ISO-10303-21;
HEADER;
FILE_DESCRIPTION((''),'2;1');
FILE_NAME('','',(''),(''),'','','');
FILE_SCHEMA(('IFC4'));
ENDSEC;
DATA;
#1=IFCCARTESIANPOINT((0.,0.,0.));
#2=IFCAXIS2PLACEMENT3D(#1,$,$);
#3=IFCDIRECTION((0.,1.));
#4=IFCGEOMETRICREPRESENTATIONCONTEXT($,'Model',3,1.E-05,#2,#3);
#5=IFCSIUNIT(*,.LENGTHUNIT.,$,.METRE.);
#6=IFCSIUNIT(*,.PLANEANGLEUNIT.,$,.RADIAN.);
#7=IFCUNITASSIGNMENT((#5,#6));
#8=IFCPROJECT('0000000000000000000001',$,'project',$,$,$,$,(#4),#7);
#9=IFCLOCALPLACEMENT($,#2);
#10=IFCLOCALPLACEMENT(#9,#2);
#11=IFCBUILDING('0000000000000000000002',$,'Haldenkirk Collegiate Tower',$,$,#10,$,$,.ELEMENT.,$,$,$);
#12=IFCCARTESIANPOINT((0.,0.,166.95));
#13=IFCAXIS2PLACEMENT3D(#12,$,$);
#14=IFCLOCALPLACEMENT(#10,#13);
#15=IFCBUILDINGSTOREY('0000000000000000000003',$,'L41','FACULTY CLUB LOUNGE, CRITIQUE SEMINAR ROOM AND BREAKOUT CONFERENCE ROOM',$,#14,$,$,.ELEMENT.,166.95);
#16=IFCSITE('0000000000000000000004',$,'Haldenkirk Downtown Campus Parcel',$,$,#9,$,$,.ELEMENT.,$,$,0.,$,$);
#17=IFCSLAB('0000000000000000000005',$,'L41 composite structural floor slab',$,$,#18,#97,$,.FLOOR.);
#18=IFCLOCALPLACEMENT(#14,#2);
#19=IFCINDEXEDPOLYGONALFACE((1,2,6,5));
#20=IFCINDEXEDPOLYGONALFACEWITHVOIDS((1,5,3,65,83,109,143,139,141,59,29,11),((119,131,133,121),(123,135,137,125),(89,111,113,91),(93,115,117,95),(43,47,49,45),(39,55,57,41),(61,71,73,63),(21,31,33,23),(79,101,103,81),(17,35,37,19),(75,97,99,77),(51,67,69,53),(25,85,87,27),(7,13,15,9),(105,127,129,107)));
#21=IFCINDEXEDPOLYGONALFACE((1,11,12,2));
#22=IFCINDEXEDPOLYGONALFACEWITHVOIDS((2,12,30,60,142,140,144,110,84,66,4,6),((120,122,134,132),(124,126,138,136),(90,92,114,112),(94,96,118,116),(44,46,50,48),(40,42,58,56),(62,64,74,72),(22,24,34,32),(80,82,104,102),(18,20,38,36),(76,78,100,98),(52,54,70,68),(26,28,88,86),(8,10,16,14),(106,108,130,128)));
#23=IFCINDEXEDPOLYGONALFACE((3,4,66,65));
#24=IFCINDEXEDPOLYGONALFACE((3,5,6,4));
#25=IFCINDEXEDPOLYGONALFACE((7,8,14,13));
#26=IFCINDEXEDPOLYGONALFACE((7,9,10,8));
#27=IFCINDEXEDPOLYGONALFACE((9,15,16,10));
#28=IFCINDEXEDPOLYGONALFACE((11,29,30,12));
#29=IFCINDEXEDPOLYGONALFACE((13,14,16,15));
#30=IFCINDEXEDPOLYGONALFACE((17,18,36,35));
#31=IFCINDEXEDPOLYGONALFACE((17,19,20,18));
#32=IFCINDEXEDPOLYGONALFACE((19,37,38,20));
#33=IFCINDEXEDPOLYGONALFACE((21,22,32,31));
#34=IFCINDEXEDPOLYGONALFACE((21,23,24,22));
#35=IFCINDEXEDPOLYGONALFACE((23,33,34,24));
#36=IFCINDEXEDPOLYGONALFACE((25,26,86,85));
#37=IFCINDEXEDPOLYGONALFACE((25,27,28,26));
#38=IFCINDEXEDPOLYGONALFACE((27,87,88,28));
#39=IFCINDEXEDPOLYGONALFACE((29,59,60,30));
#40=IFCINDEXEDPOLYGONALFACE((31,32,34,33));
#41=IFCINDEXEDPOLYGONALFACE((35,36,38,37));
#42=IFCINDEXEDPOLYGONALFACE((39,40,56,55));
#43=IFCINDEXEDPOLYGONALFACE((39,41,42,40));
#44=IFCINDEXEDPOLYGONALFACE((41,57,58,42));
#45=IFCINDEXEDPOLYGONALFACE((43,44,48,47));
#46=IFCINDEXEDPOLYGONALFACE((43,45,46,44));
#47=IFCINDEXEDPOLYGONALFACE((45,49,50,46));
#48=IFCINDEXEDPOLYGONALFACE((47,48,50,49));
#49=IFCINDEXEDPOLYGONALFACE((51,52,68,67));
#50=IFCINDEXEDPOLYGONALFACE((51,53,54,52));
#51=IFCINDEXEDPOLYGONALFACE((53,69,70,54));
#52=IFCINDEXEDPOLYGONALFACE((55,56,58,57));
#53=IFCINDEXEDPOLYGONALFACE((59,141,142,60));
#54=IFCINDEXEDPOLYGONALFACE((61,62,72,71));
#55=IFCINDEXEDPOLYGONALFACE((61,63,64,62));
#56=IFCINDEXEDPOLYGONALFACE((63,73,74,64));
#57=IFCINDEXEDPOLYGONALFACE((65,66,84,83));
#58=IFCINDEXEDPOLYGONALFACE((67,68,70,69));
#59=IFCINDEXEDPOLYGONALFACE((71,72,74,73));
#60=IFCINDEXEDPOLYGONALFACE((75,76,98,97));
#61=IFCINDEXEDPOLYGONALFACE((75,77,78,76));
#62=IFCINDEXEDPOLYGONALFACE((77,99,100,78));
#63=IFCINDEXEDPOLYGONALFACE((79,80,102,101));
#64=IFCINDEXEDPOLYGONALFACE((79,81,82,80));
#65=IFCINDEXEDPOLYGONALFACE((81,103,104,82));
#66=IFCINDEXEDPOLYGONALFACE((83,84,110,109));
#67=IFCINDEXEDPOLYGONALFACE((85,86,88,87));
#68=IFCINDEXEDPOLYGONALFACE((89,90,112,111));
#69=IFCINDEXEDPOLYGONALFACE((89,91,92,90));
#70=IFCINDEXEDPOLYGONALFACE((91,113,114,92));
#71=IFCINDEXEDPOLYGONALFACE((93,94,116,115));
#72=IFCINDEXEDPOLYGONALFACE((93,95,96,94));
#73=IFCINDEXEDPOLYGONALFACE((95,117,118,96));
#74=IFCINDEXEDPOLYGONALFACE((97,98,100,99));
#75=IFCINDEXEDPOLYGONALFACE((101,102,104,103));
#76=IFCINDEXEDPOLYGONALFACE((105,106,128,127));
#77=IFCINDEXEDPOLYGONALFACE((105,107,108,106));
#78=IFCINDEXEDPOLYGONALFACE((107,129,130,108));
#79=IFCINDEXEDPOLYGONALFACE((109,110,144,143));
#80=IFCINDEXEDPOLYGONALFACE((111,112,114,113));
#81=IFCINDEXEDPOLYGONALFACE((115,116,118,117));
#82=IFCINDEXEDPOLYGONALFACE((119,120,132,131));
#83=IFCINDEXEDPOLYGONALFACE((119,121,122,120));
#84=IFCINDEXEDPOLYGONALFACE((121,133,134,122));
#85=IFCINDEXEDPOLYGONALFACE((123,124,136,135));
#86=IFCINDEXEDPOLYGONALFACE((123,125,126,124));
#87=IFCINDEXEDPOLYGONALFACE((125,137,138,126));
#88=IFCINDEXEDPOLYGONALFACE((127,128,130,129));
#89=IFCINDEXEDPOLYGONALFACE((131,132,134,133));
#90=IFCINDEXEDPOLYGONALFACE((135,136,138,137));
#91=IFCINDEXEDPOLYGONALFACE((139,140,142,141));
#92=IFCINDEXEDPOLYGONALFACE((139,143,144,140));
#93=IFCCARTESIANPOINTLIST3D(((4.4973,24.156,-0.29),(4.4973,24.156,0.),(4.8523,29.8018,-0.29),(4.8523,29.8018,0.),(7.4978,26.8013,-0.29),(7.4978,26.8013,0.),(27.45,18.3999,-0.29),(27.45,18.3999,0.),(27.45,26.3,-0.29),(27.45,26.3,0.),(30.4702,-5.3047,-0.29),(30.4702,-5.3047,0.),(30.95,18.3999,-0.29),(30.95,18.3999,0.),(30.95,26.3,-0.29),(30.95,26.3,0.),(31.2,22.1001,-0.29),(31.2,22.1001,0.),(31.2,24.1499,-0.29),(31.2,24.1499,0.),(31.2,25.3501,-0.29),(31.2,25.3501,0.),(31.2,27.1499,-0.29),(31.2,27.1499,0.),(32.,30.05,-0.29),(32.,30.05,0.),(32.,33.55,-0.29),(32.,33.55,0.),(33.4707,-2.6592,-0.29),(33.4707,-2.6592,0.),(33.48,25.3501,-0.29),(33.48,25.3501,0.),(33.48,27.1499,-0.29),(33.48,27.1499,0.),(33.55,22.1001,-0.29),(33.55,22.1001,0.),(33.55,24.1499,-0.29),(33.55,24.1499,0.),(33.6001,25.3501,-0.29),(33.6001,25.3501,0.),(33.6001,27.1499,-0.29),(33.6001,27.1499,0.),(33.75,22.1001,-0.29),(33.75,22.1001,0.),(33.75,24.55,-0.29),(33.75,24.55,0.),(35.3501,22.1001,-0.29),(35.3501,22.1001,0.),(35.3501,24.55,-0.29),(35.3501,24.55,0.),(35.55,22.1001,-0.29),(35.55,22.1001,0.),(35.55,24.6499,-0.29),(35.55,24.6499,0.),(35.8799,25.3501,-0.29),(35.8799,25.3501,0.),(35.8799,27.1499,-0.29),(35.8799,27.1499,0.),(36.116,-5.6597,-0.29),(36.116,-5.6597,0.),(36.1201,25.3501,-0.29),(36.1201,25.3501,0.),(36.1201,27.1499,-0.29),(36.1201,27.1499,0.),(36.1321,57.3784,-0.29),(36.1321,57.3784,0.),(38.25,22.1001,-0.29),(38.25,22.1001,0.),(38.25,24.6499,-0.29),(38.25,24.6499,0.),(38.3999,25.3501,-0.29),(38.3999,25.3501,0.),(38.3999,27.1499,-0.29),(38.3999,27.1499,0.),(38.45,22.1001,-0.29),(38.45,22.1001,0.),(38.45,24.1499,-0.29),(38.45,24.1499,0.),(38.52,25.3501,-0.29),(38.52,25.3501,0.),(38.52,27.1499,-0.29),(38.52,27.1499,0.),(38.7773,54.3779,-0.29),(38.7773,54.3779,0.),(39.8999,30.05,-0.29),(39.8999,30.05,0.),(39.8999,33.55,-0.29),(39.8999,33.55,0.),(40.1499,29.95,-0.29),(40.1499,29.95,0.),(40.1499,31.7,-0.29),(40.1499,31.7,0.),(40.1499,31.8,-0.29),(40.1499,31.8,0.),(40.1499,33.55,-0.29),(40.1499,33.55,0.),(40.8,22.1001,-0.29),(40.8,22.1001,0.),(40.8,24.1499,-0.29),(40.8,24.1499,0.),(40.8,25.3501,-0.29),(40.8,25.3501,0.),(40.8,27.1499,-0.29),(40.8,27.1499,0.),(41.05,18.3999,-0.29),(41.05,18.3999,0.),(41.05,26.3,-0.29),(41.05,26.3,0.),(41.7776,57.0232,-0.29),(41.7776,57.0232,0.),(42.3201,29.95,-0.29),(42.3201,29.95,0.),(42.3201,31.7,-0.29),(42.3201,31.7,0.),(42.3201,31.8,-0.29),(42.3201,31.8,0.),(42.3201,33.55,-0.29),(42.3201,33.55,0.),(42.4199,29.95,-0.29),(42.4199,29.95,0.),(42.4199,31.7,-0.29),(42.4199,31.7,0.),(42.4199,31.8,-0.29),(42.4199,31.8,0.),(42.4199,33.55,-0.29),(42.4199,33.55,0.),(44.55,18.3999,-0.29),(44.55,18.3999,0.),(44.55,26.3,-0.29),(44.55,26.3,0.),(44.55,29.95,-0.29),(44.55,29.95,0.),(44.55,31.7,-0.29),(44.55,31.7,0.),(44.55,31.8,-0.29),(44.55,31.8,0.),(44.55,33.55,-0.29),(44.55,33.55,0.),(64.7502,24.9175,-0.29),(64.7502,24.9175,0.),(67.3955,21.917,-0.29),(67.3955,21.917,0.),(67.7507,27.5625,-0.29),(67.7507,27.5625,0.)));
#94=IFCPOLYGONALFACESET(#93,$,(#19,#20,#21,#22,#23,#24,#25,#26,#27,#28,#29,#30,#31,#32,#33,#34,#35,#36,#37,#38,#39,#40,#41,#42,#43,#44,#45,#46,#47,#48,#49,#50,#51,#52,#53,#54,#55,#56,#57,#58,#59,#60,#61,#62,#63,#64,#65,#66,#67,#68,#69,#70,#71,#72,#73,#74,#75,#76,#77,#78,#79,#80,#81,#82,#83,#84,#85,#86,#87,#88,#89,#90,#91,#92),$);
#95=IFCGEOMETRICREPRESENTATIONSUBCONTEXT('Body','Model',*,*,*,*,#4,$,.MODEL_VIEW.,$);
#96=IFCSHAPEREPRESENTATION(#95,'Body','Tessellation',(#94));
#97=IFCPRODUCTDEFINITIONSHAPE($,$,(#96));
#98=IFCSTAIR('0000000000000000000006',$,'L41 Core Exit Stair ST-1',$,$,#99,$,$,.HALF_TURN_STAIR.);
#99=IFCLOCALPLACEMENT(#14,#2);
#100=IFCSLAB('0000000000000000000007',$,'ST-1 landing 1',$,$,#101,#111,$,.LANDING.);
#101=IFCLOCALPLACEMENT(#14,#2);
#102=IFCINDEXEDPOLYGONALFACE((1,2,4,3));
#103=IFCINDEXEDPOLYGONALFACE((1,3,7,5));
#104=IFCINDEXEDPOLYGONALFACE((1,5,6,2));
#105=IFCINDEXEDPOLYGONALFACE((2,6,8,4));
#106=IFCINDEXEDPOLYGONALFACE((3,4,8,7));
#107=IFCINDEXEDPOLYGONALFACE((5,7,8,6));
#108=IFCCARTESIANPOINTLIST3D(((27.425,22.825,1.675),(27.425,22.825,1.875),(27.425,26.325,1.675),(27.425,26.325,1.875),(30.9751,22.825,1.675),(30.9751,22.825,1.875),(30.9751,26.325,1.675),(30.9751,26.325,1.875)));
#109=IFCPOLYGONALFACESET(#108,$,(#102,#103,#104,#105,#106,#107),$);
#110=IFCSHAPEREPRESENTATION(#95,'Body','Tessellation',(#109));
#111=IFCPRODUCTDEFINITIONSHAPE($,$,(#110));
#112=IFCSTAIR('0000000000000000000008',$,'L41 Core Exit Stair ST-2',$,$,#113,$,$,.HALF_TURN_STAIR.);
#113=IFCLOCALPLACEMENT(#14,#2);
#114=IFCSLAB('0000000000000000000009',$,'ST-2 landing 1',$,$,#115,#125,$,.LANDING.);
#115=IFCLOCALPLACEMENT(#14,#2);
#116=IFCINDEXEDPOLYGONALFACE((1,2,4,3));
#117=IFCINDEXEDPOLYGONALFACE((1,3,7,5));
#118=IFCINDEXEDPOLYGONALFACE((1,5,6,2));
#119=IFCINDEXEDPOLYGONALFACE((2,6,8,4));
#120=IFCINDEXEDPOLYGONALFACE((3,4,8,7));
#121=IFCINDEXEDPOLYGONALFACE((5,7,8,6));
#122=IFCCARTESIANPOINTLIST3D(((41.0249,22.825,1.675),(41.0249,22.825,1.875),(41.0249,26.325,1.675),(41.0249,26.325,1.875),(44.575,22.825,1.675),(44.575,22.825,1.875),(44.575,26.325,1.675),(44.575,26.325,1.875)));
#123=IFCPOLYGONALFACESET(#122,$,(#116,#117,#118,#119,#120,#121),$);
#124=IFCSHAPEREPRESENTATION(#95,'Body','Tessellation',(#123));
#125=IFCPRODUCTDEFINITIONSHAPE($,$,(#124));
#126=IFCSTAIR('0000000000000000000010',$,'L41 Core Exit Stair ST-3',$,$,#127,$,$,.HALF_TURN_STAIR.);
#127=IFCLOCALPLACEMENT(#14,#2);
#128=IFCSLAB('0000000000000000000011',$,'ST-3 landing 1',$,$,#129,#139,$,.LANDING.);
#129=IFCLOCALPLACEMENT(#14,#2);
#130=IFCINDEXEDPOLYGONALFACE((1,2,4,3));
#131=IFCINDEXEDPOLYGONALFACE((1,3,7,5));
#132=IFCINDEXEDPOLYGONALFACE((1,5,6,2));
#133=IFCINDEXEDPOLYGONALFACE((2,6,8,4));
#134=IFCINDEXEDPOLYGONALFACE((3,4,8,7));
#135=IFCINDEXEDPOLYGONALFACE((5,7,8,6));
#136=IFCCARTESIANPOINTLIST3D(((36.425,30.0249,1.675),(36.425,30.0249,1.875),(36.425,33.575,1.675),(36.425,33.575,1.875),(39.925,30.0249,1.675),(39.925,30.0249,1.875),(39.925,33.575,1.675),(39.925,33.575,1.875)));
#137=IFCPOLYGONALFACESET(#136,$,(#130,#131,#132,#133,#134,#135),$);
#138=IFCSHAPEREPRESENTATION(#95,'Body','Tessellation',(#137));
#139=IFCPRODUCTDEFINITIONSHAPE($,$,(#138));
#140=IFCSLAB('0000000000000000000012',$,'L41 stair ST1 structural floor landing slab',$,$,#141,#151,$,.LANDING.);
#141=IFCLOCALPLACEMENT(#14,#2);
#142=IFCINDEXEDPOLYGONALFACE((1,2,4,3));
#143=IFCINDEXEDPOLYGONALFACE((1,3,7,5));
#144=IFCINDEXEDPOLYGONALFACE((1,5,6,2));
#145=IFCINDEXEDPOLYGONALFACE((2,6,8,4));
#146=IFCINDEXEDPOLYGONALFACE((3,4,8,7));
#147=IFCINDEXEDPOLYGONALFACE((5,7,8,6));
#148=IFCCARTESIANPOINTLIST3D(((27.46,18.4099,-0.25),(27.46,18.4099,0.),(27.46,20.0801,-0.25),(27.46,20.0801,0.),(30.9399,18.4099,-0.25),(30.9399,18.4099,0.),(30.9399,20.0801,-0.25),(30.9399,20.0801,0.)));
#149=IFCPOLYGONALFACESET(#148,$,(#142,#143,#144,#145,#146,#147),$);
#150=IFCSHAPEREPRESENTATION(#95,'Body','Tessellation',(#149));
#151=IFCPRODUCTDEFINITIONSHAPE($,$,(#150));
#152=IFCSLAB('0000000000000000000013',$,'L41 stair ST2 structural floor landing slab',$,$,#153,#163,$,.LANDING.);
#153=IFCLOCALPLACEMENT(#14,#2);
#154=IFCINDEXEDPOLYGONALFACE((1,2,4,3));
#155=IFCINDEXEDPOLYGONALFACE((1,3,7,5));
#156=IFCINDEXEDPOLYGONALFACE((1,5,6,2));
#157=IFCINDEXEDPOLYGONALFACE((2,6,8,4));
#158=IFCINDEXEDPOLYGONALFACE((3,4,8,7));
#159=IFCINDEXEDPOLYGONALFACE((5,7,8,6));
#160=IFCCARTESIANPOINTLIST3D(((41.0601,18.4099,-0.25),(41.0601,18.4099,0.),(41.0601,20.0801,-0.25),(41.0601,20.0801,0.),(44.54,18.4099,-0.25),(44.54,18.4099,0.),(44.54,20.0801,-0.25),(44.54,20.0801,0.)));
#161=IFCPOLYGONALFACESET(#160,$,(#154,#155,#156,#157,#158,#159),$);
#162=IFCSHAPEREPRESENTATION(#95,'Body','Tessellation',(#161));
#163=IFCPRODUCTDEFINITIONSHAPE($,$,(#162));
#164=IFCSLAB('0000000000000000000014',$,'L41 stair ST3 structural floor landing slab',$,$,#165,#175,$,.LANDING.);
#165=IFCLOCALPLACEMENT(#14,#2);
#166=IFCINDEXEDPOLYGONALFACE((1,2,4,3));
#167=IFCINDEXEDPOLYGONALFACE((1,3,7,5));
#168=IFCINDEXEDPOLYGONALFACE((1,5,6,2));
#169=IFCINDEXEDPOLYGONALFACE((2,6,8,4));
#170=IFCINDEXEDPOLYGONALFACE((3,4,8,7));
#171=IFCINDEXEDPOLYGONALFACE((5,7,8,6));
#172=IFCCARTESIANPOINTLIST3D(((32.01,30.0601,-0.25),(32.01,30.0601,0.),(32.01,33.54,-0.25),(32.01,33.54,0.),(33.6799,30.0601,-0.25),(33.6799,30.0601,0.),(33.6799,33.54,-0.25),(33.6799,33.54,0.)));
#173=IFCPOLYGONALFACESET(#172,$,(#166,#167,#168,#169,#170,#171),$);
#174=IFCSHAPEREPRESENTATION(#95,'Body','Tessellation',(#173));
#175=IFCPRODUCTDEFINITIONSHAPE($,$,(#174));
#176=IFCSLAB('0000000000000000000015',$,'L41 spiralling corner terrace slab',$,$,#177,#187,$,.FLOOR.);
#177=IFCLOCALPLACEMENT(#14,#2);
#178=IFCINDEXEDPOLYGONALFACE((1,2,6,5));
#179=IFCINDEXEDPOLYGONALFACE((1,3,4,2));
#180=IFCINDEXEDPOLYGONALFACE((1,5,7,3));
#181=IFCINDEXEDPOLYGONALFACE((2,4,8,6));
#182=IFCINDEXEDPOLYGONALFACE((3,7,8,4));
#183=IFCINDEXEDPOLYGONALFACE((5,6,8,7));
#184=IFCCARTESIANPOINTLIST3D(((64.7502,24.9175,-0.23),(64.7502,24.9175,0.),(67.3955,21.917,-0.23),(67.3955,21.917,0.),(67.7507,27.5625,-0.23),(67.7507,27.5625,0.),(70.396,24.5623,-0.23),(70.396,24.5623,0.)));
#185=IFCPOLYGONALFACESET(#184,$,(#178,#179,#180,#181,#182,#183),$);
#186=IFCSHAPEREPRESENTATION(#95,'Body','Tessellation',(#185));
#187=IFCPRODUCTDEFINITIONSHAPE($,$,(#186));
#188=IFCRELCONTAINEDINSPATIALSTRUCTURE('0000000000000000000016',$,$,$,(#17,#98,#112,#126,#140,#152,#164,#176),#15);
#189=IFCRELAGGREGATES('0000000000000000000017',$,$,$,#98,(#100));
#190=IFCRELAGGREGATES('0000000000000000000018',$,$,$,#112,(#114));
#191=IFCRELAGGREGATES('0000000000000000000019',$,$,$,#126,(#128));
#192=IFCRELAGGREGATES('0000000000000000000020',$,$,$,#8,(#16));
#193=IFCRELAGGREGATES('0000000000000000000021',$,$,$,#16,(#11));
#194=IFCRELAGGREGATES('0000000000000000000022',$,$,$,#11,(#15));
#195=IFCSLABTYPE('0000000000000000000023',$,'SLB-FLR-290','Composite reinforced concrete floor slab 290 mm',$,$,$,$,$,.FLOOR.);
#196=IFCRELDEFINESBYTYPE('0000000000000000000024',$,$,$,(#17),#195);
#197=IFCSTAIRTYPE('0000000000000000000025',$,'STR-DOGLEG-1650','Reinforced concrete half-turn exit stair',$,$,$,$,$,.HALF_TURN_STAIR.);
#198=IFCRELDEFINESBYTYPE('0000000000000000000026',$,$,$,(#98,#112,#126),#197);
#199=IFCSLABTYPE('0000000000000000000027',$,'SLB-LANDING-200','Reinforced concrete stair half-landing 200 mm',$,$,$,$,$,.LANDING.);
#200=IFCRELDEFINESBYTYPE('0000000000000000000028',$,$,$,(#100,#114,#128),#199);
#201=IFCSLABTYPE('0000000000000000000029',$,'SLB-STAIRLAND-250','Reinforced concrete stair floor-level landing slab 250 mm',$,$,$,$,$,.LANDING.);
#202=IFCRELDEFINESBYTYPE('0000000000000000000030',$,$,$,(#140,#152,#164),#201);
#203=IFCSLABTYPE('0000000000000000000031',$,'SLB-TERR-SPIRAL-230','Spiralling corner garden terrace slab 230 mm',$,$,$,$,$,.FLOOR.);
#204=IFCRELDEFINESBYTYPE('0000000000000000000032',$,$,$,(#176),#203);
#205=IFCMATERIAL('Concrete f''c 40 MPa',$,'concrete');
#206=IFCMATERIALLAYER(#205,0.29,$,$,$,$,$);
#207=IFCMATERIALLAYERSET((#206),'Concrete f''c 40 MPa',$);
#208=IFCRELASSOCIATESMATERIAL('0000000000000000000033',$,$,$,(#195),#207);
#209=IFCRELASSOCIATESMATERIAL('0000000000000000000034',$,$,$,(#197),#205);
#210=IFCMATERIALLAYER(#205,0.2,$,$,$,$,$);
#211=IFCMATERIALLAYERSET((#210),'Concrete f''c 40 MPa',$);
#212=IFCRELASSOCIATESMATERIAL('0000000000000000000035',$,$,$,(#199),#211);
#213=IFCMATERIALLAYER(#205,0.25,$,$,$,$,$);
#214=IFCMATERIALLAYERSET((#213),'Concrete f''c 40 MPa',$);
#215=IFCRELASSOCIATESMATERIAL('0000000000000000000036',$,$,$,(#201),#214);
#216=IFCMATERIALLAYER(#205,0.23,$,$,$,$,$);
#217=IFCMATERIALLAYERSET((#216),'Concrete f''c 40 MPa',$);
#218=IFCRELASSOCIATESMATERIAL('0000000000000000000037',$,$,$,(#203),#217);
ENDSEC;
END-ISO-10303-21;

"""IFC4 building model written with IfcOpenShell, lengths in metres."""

from ifc_helpers import new_model, si_unit, direction, frame, origin, place, context, subcontext, project, spatial, polyline, outline, extrude, material, layer, layer_set, type_object, element, aggregate, save


model = new_model("IFC4")

# Units and contexts
model_context = context("Model", 3, precision=1e-05, world=origin(), true_north=direction((0.0, 1.0)))
body_context = subcontext(model_context, "Body", "Model", "MODEL_VIEW")
ifc_project = project(units=[si_unit("LENGTHUNIT", "METRE"), si_unit("PLANEANGLEUNIT", "RADIAN")], contexts=[model_context])

# Site, building, storey
site_placement = place(None, origin())
site = spatial("IfcSite", under=ifc_project, at=site_placement, Name="Haldenkirk Downtown Campus Parcel", CompositionType="ELEMENT", RefElevation=0.0)
building_placement = place(site_placement, origin())
building = spatial("IfcBuilding", under=site, at=building_placement, Name="Haldenkirk Collegiate Tower", CompositionType="ELEMENT")
storey_placement = place(building_placement, frame((0.0, 0.0, 166.95)))
storey = spatial("IfcBuildingStorey", under=building, at=storey_placement, Name="L41", Description="FACULTY CLUB LOUNGE, CRITIQUE SEMINAR ROOM AND BREAKOUT CONFERENCE ROOM", CompositionType="ELEMENT", Elevation=166.95)

# Slab
ifc_material_1 = material(Name="Concrete f'c 40 MPa", Category="concrete")
ifc_layer_1 = layer(ifc_material_1, 0.29)
ifc_layer_set_1 = layer_set([ifc_layer_1], Name="Concrete f'c 40 MPa")
slab_type_1 = type_object("IfcSlabType", Name="SLB-FLR-290", Description="Composite reinforced concrete floor slab 290 mm", PredefinedType="FLOOR", material=ifc_layer_set_1)
slab_1_placement = place(storey_placement, frame((0.0, 0.0, -0.29)))
element("IfcSlab", 1, at=slab_1_placement, inside=storey, type_object=slab_type_1, Name="L41 composite structural floor slab", PredefinedType="FLOOR", context=body_context, shape_type="SweptSolid", body=[
    extrude(outline(polyline([(36.116, -5.6597), (67.3955, 21.917), (64.7502, 24.9175), (67.7507, 27.5625), (41.7776, 57.0232), (38.7773, 54.3779), (36.1321, 57.3784), (4.8523, 29.8018), (7.4978, 26.8013), (4.4973, 24.156), (30.4702, -5.3047), (33.4707, -2.6592), (36.116, -5.6597)]), holes=[polyline([(27.45, 18.3999), (30.95, 18.3999), (30.95, 26.3), (27.45, 26.3), (27.45, 18.3999)]), polyline([(41.05, 18.3999), (44.55, 18.3999), (44.55, 26.3), (41.05, 26.3), (41.05, 18.3999)]), polyline([(32.0, 30.05), (39.8999, 30.05), (39.8999, 33.55), (32.0, 33.55), (32.0, 30.05)]), polyline([(33.75, 22.1001), (35.3501, 22.1001), (35.3501, 24.55), (33.75, 24.55), (33.75, 22.1001)]), polyline([(40.1499, 29.95), (42.3201, 29.95), (42.3201, 31.7), (40.1499, 31.7), (40.1499, 29.95)]), polyline([(42.4199, 29.95), (44.55, 29.95), (44.55, 31.7), (42.4199, 31.7), (42.4199, 29.95)]), polyline([(40.1499, 31.8), (42.3201, 31.8), (42.3201, 33.55), (40.1499, 33.55), (40.1499, 31.8)]), polyline([(42.4199, 31.8), (44.55, 31.8), (44.55, 33.55), (42.4199, 33.55), (42.4199, 31.8)]), polyline([(31.2, 25.3501), (33.48, 25.3501), (33.48, 27.1499), (31.2, 27.1499), (31.2, 25.3501)]), polyline([(33.6001, 25.3501), (35.8799, 25.3501), (35.8799, 27.1499), (33.6001, 27.1499), (33.6001, 25.3501)]), polyline([(36.1201, 25.3501), (38.3999, 25.3501), (38.3999, 27.1499), (36.1201, 27.1499), (36.1201, 25.3501)]), polyline([(38.52, 25.3501), (40.8, 25.3501), (40.8, 27.1499), (38.52, 27.1499), (38.52, 25.3501)]), polyline([(31.2, 22.1001), (33.55, 22.1001), (33.55, 24.1499), (31.2, 24.1499), (31.2, 22.1001)]), polyline([(38.45, 22.1001), (40.8, 22.1001), (40.8, 24.1499), (38.45, 24.1499), (38.45, 22.1001)]), polyline([(35.55, 22.1001), (38.25, 22.1001), (38.25, 24.6499), (35.55, 24.6499), (35.55, 22.1001)])]), origin(), (0.0, 0.0, 1.0), 0.29),
])

# Stairs, slabs
stair_type = type_object("IfcStairType", Name="STR-DOGLEG-1650", Description="Reinforced concrete half-turn exit stair", PredefinedType="HALF_TURN_STAIR", material=ifc_material_1)
stair_1_placement = place(storey_placement, origin())
stair_1 = element("IfcStair", 2, at=stair_1_placement, inside=storey, type_object=stair_type, Name="L41 Core Exit Stair ST-1", PredefinedType="HALF_TURN_STAIR")
ifc_layer_2 = layer(ifc_material_1, 0.2)
ifc_layer_set_2 = layer_set([ifc_layer_2], Name="Concrete f'c 40 MPa")
slab_type_2 = type_object("IfcSlabType", Name="SLB-LANDING-200", Description="Reinforced concrete stair half-landing 200 mm", PredefinedType="LANDING", material=ifc_layer_set_2)
slab_2_placement = place(storey_placement, frame((0.0, 0.0, 1.675)))
slab_2 = element("IfcSlab", 3, at=slab_2_placement, type_object=slab_type_2, Name="ST-1 landing 1", PredefinedType="LANDING", context=body_context, shape_type="SweptSolid", body=[
    extrude(outline(polyline([(30.9751, 22.825), (27.425, 22.825), (27.425, 26.325), (30.9751, 26.325), (30.9751, 22.825)])), origin(), (0.0, 0.0, 1.0), 0.2),
])
aggregate(stair_1, [slab_2])
stair_2_placement = place(storey_placement, origin())
stair_2 = element("IfcStair", 4, at=stair_2_placement, inside=storey, type_object=stair_type, Name="L41 Core Exit Stair ST-2", PredefinedType="HALF_TURN_STAIR")
slab_3_placement = place(storey_placement, frame((0.0, 0.0, 1.675)))
slab_3 = element("IfcSlab", 5, at=slab_3_placement, type_object=slab_type_2, Name="ST-2 landing 1", PredefinedType="LANDING", context=body_context, shape_type="SweptSolid", body=[
    extrude(outline(polyline([(44.575, 22.825), (41.0249, 22.825), (41.0249, 26.325), (44.575, 26.325), (44.575, 22.825)])), origin(), (0.0, 0.0, 1.0), 0.2),
])
aggregate(stair_2, [slab_3])
stair_3_placement = place(storey_placement, origin())
stair_3 = element("IfcStair", 6, at=stair_3_placement, inside=storey, type_object=stair_type, Name="L41 Core Exit Stair ST-3", PredefinedType="HALF_TURN_STAIR")
slab_4_placement = place(storey_placement, frame((0.0, 0.0, 1.675)))
slab_4 = element("IfcSlab", 7, at=slab_4_placement, type_object=slab_type_2, Name="ST-3 landing 1", PredefinedType="LANDING", context=body_context, shape_type="SweptSolid", body=[
    extrude(outline(polyline([(36.425, 30.0249), (36.425, 33.575), (39.925, 33.575), (39.925, 30.0249), (36.425, 30.0249)])), origin(), (0.0, 0.0, 1.0), 0.2),
])
aggregate(stair_3, [slab_4])

# Slabs
ifc_layer_3 = layer(ifc_material_1, 0.25)
ifc_layer_set_3 = layer_set([ifc_layer_3], Name="Concrete f'c 40 MPa")
slab_type_3 = type_object("IfcSlabType", Name="SLB-STAIRLAND-250", Description="Reinforced concrete stair floor-level landing slab 250 mm", PredefinedType="LANDING", material=ifc_layer_set_3)
slab_5_placement = place(storey_placement, frame((0.0, 0.0, -0.25)))
element("IfcSlab", 8, at=slab_5_placement, inside=storey, type_object=slab_type_3, Name="L41 stair ST1 structural floor landing slab", PredefinedType="LANDING", context=body_context, shape_type="SweptSolid", body=[
    extrude(outline(polyline([(27.46, 18.4099), (30.9399, 18.4099), (30.9399, 20.0801), (27.46, 20.0801), (27.46, 18.4099)])), origin(), (0.0, 0.0, 1.0), 0.25),
])
slab_6_placement = place(storey_placement, frame((0.0, 0.0, -0.25)))
element("IfcSlab", 9, at=slab_6_placement, inside=storey, type_object=slab_type_3, Name="L41 stair ST2 structural floor landing slab", PredefinedType="LANDING", context=body_context, shape_type="SweptSolid", body=[
    extrude(outline(polyline([(41.0601, 18.4099), (44.54, 18.4099), (44.54, 20.0801), (41.0601, 20.0801), (41.0601, 18.4099)])), origin(), (0.0, 0.0, 1.0), 0.25),
])
slab_7_placement = place(storey_placement, frame((0.0, 0.0, -0.25)))
element("IfcSlab", 10, at=slab_7_placement, inside=storey, type_object=slab_type_3, Name="L41 stair ST3 structural floor landing slab", PredefinedType="LANDING", context=body_context, shape_type="SweptSolid", body=[
    extrude(outline(polyline([(32.01, 30.0601), (33.6799, 30.0601), (33.6799, 33.54), (32.01, 33.54), (32.01, 30.0601)])), origin(), (0.0, 0.0, 1.0), 0.25),
])
ifc_layer_4 = layer(ifc_material_1, 0.23)
ifc_layer_set_4 = layer_set([ifc_layer_4], Name="Concrete f'c 40 MPa")
slab_type_4 = type_object("IfcSlabType", Name="SLB-TERR-SPIRAL-230", Description="Spiralling corner garden terrace slab 230 mm", PredefinedType="FLOOR", material=ifc_layer_set_4)
slab_8_placement = place(storey_placement, frame((0.0, 0.0, -0.23)))
element("IfcSlab", 11, at=slab_8_placement, inside=storey, type_object=slab_type_4, Name="L41 spiralling corner terrace slab", PredefinedType="FLOOR", context=body_context, shape_type="SweptSolid", body=[
    extrude(outline(polyline([(67.3955, 21.917), (70.396, 24.5623), (67.7507, 27.5625), (64.7502, 24.9175), (67.3955, 21.917)])), origin(), (0.0, 0.0, 1.0), 0.23),
])

save(model, "model.ifc")
